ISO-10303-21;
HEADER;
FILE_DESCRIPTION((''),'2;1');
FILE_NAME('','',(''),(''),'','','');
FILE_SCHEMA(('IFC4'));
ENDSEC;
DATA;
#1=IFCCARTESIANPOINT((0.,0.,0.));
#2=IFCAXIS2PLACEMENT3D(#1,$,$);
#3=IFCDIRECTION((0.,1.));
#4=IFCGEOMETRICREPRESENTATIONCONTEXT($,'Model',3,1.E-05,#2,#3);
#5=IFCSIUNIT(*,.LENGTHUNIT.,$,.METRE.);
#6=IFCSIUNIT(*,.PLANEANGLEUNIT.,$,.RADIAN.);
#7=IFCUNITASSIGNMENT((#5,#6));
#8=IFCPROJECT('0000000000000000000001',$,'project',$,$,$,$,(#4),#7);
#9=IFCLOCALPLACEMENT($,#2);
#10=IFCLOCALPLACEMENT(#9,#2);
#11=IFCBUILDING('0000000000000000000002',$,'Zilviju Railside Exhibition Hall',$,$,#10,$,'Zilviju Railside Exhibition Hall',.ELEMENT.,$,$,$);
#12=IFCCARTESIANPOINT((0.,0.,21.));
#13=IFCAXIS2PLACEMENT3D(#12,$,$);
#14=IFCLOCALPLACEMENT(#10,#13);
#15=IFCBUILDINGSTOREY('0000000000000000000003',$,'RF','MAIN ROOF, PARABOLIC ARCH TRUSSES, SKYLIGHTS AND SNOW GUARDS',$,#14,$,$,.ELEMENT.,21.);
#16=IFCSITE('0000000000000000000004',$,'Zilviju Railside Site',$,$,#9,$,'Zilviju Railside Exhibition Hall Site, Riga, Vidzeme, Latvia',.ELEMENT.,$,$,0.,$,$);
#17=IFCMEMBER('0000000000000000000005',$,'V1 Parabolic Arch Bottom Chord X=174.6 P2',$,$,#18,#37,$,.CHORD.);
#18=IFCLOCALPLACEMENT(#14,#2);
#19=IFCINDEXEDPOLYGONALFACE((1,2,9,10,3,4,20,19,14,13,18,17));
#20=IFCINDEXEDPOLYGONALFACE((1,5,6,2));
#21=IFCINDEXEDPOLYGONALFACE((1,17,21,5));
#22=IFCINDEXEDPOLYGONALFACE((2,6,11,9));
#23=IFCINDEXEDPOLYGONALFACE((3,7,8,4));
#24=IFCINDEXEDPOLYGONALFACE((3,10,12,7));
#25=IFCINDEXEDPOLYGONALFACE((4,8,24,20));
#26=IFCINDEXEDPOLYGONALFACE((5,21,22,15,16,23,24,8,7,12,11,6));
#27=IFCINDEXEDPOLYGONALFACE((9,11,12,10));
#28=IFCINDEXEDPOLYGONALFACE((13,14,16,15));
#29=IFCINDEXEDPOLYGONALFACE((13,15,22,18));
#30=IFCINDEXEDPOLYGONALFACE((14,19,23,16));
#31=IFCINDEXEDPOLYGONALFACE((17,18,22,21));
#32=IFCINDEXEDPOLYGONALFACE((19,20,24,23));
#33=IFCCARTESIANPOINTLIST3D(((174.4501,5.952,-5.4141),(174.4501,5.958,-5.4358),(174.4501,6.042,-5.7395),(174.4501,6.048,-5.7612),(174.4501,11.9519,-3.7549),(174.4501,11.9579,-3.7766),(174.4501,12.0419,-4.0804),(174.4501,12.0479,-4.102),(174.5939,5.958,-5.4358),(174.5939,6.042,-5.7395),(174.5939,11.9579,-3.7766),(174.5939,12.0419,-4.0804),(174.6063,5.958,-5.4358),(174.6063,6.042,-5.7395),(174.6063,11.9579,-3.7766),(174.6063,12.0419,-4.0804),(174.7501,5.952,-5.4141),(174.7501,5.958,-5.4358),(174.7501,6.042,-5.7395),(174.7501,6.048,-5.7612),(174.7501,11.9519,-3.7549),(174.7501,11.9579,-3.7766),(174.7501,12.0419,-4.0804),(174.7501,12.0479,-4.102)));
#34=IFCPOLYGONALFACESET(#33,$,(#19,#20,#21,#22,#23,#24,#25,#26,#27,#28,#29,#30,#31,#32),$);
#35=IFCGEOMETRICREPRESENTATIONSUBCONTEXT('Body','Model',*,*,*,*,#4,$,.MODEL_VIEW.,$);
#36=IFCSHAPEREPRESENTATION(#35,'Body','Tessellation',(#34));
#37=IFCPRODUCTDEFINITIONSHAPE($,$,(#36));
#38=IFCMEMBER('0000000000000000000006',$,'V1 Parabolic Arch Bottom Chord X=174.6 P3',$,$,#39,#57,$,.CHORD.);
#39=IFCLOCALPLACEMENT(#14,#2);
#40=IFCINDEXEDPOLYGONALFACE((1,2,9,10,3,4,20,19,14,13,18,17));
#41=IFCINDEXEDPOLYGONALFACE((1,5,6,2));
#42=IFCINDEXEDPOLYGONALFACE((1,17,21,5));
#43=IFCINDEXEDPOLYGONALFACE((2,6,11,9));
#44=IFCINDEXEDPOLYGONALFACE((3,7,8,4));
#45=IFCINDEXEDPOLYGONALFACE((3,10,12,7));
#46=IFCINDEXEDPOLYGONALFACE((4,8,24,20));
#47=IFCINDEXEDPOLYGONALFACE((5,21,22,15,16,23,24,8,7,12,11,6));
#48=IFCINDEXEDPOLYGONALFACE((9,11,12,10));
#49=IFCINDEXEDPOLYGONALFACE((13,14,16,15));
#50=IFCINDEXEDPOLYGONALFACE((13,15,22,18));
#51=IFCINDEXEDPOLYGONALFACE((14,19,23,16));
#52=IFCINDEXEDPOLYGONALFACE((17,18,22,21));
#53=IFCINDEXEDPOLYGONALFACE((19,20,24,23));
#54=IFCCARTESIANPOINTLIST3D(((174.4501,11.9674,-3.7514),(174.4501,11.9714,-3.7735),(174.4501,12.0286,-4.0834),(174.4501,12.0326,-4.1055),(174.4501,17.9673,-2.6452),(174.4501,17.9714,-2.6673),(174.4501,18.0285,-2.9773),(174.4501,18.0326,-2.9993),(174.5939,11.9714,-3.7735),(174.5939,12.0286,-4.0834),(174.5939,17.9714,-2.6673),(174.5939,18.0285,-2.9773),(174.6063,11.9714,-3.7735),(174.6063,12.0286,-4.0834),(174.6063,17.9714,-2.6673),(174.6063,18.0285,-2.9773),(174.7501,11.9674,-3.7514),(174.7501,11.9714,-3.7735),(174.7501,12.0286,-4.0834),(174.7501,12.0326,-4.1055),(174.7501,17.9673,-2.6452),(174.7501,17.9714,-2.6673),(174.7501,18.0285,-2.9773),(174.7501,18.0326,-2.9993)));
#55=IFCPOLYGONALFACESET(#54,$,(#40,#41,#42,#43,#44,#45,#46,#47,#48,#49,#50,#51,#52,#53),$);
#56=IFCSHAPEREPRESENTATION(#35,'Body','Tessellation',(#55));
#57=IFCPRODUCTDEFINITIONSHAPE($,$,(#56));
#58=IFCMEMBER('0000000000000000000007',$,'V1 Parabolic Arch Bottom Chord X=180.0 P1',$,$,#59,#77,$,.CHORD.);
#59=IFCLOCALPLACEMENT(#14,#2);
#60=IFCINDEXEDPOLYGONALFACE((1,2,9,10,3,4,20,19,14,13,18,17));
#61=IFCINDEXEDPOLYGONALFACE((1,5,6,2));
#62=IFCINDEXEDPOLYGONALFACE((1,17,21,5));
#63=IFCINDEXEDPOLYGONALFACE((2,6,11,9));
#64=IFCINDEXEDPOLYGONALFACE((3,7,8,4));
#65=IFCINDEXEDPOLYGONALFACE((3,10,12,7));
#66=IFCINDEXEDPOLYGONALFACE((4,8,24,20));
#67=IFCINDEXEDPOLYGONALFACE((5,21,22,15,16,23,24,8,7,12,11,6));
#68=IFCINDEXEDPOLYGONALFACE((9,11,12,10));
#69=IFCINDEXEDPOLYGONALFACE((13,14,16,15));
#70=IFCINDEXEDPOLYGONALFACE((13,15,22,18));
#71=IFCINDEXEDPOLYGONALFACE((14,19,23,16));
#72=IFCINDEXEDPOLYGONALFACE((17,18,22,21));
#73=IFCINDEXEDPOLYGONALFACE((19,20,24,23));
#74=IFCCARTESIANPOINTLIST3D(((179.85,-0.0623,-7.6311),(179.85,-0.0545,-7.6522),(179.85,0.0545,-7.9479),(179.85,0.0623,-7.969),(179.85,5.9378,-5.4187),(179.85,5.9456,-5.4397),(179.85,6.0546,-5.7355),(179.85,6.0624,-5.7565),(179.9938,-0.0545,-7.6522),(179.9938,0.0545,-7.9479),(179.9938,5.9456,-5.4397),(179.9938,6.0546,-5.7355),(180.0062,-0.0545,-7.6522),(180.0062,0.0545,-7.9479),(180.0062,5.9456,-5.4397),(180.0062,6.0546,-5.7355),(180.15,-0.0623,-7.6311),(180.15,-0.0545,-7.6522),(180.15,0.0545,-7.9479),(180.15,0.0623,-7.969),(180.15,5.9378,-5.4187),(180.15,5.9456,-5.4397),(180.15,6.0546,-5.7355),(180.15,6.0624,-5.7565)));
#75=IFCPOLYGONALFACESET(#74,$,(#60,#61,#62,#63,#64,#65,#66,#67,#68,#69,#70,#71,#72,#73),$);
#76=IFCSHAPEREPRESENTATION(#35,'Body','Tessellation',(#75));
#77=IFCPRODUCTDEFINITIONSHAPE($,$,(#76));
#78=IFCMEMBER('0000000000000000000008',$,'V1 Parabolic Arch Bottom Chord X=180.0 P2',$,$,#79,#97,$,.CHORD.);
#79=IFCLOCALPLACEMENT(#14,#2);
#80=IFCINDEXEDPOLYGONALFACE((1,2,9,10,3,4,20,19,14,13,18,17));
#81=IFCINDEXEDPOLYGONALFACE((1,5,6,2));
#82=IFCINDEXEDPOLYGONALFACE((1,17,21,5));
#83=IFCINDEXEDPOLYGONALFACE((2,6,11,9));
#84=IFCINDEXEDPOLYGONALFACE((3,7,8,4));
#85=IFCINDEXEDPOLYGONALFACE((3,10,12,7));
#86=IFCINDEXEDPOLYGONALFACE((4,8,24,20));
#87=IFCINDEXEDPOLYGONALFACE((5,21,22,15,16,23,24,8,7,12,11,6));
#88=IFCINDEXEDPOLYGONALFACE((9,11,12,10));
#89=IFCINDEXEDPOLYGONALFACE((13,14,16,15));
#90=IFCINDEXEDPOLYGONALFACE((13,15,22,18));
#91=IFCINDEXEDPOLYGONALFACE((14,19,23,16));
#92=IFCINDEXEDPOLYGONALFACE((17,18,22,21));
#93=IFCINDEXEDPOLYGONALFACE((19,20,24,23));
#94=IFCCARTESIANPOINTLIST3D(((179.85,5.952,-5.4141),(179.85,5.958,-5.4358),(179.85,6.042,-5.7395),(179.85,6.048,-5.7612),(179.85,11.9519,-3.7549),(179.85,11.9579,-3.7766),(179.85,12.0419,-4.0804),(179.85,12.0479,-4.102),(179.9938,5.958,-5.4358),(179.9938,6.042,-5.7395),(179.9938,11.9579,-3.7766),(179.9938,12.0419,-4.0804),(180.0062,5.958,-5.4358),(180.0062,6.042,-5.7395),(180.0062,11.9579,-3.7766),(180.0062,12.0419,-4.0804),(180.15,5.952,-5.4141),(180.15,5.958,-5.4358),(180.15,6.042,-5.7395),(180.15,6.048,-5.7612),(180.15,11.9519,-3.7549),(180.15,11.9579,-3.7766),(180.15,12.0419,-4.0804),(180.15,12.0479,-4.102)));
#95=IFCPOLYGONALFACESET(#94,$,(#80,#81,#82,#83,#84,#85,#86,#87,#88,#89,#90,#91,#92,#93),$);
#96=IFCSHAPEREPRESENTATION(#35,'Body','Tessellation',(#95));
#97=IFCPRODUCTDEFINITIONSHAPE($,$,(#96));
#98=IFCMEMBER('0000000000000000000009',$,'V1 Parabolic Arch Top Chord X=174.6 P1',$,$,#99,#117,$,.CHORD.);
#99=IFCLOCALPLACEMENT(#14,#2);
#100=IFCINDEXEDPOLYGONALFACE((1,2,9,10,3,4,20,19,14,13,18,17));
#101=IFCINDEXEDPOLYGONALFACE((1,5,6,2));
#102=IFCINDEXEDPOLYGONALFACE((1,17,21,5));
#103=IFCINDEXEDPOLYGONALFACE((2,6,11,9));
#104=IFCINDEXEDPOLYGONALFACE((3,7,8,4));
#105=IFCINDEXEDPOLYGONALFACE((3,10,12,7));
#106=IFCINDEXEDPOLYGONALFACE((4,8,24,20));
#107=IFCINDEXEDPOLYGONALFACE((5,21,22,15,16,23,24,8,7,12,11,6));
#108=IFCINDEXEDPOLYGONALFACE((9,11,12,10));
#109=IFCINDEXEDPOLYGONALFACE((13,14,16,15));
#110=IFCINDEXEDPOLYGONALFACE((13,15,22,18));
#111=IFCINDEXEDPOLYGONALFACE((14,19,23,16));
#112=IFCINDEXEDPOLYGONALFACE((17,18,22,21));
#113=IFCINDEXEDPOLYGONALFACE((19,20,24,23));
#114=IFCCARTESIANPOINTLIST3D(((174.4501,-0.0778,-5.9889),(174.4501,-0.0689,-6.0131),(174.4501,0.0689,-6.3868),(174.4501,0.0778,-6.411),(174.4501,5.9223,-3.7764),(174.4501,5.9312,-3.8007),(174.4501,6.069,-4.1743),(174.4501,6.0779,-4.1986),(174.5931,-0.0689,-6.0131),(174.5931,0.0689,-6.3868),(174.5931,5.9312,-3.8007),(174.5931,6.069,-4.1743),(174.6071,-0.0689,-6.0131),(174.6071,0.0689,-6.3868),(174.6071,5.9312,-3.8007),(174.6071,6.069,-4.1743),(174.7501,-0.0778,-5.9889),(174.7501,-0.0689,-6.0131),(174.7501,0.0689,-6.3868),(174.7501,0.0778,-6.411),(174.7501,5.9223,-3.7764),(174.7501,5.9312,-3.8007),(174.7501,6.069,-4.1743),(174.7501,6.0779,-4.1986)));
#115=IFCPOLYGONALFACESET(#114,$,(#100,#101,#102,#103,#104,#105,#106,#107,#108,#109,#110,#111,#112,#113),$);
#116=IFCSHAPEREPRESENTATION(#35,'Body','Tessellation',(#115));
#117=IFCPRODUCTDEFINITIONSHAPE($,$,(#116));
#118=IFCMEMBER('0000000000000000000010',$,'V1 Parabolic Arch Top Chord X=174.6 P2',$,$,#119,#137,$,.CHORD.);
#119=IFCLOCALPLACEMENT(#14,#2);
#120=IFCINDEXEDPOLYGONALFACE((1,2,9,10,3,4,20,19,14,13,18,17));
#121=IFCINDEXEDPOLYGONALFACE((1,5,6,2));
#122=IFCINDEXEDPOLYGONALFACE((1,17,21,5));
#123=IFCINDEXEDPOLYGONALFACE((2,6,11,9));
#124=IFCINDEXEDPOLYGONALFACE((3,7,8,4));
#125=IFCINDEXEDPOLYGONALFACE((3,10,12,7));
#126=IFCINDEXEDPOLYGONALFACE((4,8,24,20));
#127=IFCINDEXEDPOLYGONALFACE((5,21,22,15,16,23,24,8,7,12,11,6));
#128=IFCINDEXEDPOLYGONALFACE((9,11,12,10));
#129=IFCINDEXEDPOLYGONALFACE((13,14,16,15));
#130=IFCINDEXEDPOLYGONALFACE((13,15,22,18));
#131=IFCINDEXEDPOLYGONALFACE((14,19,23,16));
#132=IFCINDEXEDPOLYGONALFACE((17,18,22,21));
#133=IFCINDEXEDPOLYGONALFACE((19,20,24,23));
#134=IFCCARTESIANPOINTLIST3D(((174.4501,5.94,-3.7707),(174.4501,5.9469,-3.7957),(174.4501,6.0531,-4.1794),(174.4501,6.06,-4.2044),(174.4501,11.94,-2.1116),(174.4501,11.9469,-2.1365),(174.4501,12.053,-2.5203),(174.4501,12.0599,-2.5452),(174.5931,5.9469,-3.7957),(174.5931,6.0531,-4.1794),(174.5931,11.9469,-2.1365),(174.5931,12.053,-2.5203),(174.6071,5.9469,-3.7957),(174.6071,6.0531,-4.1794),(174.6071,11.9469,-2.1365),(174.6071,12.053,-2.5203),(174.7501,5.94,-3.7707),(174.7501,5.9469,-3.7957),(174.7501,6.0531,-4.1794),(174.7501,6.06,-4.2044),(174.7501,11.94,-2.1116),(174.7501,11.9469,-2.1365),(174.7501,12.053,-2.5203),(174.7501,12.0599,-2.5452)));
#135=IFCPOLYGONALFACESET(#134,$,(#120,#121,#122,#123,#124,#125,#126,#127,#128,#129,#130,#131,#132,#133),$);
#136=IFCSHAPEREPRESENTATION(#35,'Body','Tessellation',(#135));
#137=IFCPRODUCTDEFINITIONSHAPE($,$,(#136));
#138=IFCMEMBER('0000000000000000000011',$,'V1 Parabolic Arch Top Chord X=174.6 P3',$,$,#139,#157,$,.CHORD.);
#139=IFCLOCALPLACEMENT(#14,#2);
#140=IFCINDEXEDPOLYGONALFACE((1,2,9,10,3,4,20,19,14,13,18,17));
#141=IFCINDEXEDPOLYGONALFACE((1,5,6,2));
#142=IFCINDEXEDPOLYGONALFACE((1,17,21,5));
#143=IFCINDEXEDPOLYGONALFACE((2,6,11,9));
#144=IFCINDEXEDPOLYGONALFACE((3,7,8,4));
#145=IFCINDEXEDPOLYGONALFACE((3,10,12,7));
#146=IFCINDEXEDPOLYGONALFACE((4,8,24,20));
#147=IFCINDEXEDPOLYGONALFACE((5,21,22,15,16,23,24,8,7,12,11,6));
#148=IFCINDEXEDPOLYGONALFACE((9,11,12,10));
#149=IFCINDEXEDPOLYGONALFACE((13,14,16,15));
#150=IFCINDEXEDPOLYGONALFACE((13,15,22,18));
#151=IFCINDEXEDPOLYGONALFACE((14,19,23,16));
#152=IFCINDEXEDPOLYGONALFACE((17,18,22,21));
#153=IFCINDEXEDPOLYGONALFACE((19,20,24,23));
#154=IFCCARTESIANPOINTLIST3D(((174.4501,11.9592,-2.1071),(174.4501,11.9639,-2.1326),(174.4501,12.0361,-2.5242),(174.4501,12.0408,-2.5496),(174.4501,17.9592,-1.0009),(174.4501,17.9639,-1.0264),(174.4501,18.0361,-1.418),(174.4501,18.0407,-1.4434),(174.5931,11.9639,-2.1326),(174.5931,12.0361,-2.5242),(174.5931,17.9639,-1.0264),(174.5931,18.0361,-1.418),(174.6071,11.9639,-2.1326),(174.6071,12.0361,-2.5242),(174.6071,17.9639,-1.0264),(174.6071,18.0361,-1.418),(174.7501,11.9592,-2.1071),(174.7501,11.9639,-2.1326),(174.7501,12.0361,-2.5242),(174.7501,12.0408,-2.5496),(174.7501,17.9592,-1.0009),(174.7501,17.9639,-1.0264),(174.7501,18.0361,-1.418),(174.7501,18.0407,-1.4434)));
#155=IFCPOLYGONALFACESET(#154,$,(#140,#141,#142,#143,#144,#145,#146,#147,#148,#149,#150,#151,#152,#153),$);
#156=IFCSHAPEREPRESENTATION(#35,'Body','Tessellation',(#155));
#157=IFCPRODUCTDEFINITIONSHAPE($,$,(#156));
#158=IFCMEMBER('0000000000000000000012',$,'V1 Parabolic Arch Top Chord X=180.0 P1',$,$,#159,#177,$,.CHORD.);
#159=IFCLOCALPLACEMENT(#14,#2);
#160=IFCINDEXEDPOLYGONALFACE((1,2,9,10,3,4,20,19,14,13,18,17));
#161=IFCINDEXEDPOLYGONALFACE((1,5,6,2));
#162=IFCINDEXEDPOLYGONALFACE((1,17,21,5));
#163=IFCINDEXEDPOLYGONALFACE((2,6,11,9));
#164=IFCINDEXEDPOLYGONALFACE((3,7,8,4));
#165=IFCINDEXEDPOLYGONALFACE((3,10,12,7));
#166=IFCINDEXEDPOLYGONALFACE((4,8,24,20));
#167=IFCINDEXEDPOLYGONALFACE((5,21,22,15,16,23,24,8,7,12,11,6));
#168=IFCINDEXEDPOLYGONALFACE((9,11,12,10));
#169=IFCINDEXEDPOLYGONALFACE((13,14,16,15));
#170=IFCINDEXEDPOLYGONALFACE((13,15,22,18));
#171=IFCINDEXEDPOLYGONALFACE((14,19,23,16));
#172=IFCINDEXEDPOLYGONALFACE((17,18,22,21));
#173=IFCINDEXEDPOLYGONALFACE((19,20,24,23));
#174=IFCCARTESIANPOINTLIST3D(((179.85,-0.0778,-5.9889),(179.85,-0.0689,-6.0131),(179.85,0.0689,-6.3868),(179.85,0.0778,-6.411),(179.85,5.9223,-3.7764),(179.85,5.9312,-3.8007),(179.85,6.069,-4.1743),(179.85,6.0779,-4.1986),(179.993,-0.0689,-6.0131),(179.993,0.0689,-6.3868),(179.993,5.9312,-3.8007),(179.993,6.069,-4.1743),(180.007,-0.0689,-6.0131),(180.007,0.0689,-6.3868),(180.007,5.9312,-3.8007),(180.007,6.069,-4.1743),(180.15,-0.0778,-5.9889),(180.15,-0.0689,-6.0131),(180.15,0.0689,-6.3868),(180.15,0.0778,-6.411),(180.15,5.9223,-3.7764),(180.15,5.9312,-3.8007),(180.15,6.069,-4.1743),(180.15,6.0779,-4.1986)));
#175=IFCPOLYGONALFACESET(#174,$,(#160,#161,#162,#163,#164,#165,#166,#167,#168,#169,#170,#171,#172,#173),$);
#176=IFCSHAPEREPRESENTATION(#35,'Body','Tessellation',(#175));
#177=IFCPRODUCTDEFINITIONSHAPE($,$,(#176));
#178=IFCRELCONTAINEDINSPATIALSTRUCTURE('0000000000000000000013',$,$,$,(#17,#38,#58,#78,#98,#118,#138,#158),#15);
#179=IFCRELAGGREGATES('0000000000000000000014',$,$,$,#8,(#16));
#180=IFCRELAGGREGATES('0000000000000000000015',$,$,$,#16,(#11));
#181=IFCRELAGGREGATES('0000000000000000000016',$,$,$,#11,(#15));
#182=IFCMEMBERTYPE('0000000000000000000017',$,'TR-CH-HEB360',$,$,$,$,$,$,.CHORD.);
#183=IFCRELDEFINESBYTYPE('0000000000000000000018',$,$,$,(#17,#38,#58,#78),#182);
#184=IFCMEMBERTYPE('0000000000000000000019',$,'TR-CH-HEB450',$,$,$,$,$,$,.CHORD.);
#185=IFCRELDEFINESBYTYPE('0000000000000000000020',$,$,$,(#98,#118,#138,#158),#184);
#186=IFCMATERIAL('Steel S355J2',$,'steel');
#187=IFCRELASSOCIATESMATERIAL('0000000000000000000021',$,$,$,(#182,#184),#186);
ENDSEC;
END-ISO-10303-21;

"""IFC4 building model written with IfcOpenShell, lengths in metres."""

from ifc_helpers import new_model, si_unit, direction, frame, origin, origin_2d, place, context, subcontext, project, spatial, i_section, extrude, material, material_profile, profile_set, type_object, element, save


model = new_model("IFC4")

# Units and contexts
model_context = context("Model", 3, precision=1e-05, world=origin(), true_north=direction((0.0, 1.0)))
body_context = subcontext(model_context, "Body", "Model", "MODEL_VIEW")
ifc_project = project(units=[si_unit("LENGTHUNIT", "METRE"), si_unit("PLANEANGLEUNIT", "RADIAN")], contexts=[model_context])

# Site, building, storey
site_placement = place(None, origin())
site = spatial("IfcSite", under=ifc_project, at=site_placement, Name="Zilviju Railside Site", LongName="Zilviju Railside Exhibition Hall Site, Riga, Vidzeme, Latvia", CompositionType="ELEMENT", RefElevation=0.0)
building_placement = place(site_placement, origin())
building = spatial("IfcBuilding", under=site, at=building_placement, Name="Zilviju Railside Exhibition Hall", LongName="Zilviju Railside Exhibition Hall", CompositionType="ELEMENT")
storey_placement = place(building_placement, frame((0.0, 0.0, 21.0)))
storey = spatial("IfcBuildingStorey", under=building, at=storey_placement, Name="RF", Description="MAIN ROOF, PARABOLIC ARCH TRUSSES, SKYLIGHTS AND SNOW GUARDS", CompositionType="ELEMENT", Elevation=21.0)

# Members
ifc_material_1 = material(Name="Steel S355J2", Category="steel")
ifc_material_profile_1 = material_profile(ifc_material_1, i_section(OverallWidth=0.3, OverallDepth=0.3601, WebThickness=0.0125, FlangeThickness=0.0225, at=origin_2d()), Name="HEB 360")
ifc_profile_set_1 = profile_set([ifc_material_profile_1], Name="Steel S355J2")
member_type_1 = type_object("IfcMemberType", Name="TR-CH-HEB360", PredefinedType="CHORD", material=ifc_profile_set_1)
member_1_placement = place(storey_placement, frame((174.6001, 6.0, -5.5876), z_axis=(0.0, 0.963827, 0.266527), x_axis=(-1.0, 0.0, 0.0)))
element("IfcMember", 1, at=member_1_placement, inside=storey, type_object=member_type_1, Name="V1 Parabolic Arch Bottom Chord X=174.6 P2", PredefinedType="CHORD", context=body_context, shape_type="SweptSolid", body=[
    extrude(i_section(OverallWidth=0.3, OverallDepth=0.3601, WebThickness=0.0125, FlangeThickness=0.0225, at=origin_2d()), origin(), (0.0, 0.0, 1.0), 6.2251),
])
member_2_placement = place(storey_placement, frame((174.6001, 12.0, -3.9285), z_axis=(0.0, 0.983426, 0.181311), x_axis=(-1.0, 0.0, 0.0)))
element("IfcMember", 2, at=member_2_placement, inside=storey, type_object=member_type_1, Name="V1 Parabolic Arch Bottom Chord X=174.6 P3", PredefinedType="CHORD", context=body_context, shape_type="SweptSolid", body=[
    extrude(i_section(OverallWidth=0.3, OverallDepth=0.3601, WebThickness=0.0125, FlangeThickness=0.0225, at=origin_2d()), origin(), (0.0, 0.0, 1.0), 6.1011),
])
member_3_placement = place(storey_placement, frame((180.0, 0.0, -7.8), z_axis=(0.0, 0.938248, 0.345964), x_axis=(-1.0, 0.0, 0.0)))
element("IfcMember", 3, at=member_3_placement, inside=storey, type_object=member_type_1, Name="V1 Parabolic Arch Bottom Chord X=180.0 P1", PredefinedType="CHORD", context=body_context, shape_type="SweptSolid", body=[
    extrude(i_section(OverallWidth=0.3, OverallDepth=0.3601, WebThickness=0.0125, FlangeThickness=0.0225, at=origin_2d()), origin(), (0.0, 0.0, 1.0), 6.395),
])
member_4_placement = place(storey_placement, frame((180.0, 6.0, -5.5876), z_axis=(0.0, 0.963827, 0.266527), x_axis=(-1.0, 0.0, 0.0)))
element("IfcMember", 4, at=member_4_placement, inside=storey, type_object=member_type_1, Name="V1 Parabolic Arch Bottom Chord X=180.0 P2", PredefinedType="CHORD", context=body_context, shape_type="SweptSolid", body=[
    extrude(i_section(OverallWidth=0.3, OverallDepth=0.3601, WebThickness=0.0125, FlangeThickness=0.0225, at=origin_2d()), origin(), (0.0, 0.0, 1.0), 6.2251),
])
ifc_material_profile_2 = material_profile(ifc_material_1, i_section(OverallWidth=0.3, OverallDepth=0.45, WebThickness=0.0139, FlangeThickness=0.0259, at=origin_2d()), Name="HEB 450")
ifc_profile_set_2 = profile_set([ifc_material_profile_2], Name="Steel S355J2")
member_type_2 = type_object("IfcMemberType", Name="TR-CH-HEB450", PredefinedType="CHORD", material=ifc_profile_set_2)
member_5_placement = place(storey_placement, frame((174.6001, 0.0, -6.2), z_axis=(0.0, 0.938248, 0.345964), x_axis=(-1.0, 0.0, 0.0)))
element("IfcMember", 5, at=member_5_placement, inside=storey, type_object=member_type_2, Name="V1 Parabolic Arch Top Chord X=174.6 P1", PredefinedType="CHORD", context=body_context, shape_type="SweptSolid", body=[
    extrude(i_section(OverallWidth=0.3, OverallDepth=0.45, WebThickness=0.0139, FlangeThickness=0.0259, at=origin_2d()), origin(), (0.0, 0.0, 1.0), 6.395),
])
member_6_placement = place(storey_placement, frame((174.6001, 6.0, -3.9875), z_axis=(0.0, 0.963827, 0.266527), x_axis=(-1.0, 0.0, 0.0)))
element("IfcMember", 6, at=member_6_placement, inside=storey, type_object=member_type_2, Name="V1 Parabolic Arch Top Chord X=174.6 P2", PredefinedType="CHORD", context=body_context, shape_type="SweptSolid", body=[
    extrude(i_section(OverallWidth=0.3, OverallDepth=0.45, WebThickness=0.0139, FlangeThickness=0.0259, at=origin_2d()), origin(), (0.0, 0.0, 1.0), 6.2251),
])
member_7_placement = place(storey_placement, frame((174.6001, 12.0, -2.3284), z_axis=(0.0, 0.983426, 0.181311), x_axis=(-1.0, 0.0, 0.0)))
element("IfcMember", 7, at=member_7_placement, inside=storey, type_object=member_type_2, Name="V1 Parabolic Arch Top Chord X=174.6 P3", PredefinedType="CHORD", context=body_context, shape_type="SweptSolid", body=[
    extrude(i_section(OverallWidth=0.3, OverallDepth=0.45, WebThickness=0.0139, FlangeThickness=0.0259, at=origin_2d()), origin(), (0.0, 0.0, 1.0), 6.1011),
])
member_8_placement = place(storey_placement, frame((180.0, 0.0, -6.2), z_axis=(0.0, 0.938248, 0.345964), x_axis=(-1.0, 0.0, 0.0)))
element("IfcMember", 8, at=member_8_placement, inside=storey, type_object=member_type_2, Name="V1 Parabolic Arch Top Chord X=180.0 P1", PredefinedType="CHORD", context=body_context, shape_type="SweptSolid", body=[
    extrude(i_section(OverallWidth=0.3, OverallDepth=0.45, WebThickness=0.0139, FlangeThickness=0.0259, at=origin_2d()), origin(), (0.0, 0.0, 1.0), 6.395),
])

save(model, "model.ifc")
